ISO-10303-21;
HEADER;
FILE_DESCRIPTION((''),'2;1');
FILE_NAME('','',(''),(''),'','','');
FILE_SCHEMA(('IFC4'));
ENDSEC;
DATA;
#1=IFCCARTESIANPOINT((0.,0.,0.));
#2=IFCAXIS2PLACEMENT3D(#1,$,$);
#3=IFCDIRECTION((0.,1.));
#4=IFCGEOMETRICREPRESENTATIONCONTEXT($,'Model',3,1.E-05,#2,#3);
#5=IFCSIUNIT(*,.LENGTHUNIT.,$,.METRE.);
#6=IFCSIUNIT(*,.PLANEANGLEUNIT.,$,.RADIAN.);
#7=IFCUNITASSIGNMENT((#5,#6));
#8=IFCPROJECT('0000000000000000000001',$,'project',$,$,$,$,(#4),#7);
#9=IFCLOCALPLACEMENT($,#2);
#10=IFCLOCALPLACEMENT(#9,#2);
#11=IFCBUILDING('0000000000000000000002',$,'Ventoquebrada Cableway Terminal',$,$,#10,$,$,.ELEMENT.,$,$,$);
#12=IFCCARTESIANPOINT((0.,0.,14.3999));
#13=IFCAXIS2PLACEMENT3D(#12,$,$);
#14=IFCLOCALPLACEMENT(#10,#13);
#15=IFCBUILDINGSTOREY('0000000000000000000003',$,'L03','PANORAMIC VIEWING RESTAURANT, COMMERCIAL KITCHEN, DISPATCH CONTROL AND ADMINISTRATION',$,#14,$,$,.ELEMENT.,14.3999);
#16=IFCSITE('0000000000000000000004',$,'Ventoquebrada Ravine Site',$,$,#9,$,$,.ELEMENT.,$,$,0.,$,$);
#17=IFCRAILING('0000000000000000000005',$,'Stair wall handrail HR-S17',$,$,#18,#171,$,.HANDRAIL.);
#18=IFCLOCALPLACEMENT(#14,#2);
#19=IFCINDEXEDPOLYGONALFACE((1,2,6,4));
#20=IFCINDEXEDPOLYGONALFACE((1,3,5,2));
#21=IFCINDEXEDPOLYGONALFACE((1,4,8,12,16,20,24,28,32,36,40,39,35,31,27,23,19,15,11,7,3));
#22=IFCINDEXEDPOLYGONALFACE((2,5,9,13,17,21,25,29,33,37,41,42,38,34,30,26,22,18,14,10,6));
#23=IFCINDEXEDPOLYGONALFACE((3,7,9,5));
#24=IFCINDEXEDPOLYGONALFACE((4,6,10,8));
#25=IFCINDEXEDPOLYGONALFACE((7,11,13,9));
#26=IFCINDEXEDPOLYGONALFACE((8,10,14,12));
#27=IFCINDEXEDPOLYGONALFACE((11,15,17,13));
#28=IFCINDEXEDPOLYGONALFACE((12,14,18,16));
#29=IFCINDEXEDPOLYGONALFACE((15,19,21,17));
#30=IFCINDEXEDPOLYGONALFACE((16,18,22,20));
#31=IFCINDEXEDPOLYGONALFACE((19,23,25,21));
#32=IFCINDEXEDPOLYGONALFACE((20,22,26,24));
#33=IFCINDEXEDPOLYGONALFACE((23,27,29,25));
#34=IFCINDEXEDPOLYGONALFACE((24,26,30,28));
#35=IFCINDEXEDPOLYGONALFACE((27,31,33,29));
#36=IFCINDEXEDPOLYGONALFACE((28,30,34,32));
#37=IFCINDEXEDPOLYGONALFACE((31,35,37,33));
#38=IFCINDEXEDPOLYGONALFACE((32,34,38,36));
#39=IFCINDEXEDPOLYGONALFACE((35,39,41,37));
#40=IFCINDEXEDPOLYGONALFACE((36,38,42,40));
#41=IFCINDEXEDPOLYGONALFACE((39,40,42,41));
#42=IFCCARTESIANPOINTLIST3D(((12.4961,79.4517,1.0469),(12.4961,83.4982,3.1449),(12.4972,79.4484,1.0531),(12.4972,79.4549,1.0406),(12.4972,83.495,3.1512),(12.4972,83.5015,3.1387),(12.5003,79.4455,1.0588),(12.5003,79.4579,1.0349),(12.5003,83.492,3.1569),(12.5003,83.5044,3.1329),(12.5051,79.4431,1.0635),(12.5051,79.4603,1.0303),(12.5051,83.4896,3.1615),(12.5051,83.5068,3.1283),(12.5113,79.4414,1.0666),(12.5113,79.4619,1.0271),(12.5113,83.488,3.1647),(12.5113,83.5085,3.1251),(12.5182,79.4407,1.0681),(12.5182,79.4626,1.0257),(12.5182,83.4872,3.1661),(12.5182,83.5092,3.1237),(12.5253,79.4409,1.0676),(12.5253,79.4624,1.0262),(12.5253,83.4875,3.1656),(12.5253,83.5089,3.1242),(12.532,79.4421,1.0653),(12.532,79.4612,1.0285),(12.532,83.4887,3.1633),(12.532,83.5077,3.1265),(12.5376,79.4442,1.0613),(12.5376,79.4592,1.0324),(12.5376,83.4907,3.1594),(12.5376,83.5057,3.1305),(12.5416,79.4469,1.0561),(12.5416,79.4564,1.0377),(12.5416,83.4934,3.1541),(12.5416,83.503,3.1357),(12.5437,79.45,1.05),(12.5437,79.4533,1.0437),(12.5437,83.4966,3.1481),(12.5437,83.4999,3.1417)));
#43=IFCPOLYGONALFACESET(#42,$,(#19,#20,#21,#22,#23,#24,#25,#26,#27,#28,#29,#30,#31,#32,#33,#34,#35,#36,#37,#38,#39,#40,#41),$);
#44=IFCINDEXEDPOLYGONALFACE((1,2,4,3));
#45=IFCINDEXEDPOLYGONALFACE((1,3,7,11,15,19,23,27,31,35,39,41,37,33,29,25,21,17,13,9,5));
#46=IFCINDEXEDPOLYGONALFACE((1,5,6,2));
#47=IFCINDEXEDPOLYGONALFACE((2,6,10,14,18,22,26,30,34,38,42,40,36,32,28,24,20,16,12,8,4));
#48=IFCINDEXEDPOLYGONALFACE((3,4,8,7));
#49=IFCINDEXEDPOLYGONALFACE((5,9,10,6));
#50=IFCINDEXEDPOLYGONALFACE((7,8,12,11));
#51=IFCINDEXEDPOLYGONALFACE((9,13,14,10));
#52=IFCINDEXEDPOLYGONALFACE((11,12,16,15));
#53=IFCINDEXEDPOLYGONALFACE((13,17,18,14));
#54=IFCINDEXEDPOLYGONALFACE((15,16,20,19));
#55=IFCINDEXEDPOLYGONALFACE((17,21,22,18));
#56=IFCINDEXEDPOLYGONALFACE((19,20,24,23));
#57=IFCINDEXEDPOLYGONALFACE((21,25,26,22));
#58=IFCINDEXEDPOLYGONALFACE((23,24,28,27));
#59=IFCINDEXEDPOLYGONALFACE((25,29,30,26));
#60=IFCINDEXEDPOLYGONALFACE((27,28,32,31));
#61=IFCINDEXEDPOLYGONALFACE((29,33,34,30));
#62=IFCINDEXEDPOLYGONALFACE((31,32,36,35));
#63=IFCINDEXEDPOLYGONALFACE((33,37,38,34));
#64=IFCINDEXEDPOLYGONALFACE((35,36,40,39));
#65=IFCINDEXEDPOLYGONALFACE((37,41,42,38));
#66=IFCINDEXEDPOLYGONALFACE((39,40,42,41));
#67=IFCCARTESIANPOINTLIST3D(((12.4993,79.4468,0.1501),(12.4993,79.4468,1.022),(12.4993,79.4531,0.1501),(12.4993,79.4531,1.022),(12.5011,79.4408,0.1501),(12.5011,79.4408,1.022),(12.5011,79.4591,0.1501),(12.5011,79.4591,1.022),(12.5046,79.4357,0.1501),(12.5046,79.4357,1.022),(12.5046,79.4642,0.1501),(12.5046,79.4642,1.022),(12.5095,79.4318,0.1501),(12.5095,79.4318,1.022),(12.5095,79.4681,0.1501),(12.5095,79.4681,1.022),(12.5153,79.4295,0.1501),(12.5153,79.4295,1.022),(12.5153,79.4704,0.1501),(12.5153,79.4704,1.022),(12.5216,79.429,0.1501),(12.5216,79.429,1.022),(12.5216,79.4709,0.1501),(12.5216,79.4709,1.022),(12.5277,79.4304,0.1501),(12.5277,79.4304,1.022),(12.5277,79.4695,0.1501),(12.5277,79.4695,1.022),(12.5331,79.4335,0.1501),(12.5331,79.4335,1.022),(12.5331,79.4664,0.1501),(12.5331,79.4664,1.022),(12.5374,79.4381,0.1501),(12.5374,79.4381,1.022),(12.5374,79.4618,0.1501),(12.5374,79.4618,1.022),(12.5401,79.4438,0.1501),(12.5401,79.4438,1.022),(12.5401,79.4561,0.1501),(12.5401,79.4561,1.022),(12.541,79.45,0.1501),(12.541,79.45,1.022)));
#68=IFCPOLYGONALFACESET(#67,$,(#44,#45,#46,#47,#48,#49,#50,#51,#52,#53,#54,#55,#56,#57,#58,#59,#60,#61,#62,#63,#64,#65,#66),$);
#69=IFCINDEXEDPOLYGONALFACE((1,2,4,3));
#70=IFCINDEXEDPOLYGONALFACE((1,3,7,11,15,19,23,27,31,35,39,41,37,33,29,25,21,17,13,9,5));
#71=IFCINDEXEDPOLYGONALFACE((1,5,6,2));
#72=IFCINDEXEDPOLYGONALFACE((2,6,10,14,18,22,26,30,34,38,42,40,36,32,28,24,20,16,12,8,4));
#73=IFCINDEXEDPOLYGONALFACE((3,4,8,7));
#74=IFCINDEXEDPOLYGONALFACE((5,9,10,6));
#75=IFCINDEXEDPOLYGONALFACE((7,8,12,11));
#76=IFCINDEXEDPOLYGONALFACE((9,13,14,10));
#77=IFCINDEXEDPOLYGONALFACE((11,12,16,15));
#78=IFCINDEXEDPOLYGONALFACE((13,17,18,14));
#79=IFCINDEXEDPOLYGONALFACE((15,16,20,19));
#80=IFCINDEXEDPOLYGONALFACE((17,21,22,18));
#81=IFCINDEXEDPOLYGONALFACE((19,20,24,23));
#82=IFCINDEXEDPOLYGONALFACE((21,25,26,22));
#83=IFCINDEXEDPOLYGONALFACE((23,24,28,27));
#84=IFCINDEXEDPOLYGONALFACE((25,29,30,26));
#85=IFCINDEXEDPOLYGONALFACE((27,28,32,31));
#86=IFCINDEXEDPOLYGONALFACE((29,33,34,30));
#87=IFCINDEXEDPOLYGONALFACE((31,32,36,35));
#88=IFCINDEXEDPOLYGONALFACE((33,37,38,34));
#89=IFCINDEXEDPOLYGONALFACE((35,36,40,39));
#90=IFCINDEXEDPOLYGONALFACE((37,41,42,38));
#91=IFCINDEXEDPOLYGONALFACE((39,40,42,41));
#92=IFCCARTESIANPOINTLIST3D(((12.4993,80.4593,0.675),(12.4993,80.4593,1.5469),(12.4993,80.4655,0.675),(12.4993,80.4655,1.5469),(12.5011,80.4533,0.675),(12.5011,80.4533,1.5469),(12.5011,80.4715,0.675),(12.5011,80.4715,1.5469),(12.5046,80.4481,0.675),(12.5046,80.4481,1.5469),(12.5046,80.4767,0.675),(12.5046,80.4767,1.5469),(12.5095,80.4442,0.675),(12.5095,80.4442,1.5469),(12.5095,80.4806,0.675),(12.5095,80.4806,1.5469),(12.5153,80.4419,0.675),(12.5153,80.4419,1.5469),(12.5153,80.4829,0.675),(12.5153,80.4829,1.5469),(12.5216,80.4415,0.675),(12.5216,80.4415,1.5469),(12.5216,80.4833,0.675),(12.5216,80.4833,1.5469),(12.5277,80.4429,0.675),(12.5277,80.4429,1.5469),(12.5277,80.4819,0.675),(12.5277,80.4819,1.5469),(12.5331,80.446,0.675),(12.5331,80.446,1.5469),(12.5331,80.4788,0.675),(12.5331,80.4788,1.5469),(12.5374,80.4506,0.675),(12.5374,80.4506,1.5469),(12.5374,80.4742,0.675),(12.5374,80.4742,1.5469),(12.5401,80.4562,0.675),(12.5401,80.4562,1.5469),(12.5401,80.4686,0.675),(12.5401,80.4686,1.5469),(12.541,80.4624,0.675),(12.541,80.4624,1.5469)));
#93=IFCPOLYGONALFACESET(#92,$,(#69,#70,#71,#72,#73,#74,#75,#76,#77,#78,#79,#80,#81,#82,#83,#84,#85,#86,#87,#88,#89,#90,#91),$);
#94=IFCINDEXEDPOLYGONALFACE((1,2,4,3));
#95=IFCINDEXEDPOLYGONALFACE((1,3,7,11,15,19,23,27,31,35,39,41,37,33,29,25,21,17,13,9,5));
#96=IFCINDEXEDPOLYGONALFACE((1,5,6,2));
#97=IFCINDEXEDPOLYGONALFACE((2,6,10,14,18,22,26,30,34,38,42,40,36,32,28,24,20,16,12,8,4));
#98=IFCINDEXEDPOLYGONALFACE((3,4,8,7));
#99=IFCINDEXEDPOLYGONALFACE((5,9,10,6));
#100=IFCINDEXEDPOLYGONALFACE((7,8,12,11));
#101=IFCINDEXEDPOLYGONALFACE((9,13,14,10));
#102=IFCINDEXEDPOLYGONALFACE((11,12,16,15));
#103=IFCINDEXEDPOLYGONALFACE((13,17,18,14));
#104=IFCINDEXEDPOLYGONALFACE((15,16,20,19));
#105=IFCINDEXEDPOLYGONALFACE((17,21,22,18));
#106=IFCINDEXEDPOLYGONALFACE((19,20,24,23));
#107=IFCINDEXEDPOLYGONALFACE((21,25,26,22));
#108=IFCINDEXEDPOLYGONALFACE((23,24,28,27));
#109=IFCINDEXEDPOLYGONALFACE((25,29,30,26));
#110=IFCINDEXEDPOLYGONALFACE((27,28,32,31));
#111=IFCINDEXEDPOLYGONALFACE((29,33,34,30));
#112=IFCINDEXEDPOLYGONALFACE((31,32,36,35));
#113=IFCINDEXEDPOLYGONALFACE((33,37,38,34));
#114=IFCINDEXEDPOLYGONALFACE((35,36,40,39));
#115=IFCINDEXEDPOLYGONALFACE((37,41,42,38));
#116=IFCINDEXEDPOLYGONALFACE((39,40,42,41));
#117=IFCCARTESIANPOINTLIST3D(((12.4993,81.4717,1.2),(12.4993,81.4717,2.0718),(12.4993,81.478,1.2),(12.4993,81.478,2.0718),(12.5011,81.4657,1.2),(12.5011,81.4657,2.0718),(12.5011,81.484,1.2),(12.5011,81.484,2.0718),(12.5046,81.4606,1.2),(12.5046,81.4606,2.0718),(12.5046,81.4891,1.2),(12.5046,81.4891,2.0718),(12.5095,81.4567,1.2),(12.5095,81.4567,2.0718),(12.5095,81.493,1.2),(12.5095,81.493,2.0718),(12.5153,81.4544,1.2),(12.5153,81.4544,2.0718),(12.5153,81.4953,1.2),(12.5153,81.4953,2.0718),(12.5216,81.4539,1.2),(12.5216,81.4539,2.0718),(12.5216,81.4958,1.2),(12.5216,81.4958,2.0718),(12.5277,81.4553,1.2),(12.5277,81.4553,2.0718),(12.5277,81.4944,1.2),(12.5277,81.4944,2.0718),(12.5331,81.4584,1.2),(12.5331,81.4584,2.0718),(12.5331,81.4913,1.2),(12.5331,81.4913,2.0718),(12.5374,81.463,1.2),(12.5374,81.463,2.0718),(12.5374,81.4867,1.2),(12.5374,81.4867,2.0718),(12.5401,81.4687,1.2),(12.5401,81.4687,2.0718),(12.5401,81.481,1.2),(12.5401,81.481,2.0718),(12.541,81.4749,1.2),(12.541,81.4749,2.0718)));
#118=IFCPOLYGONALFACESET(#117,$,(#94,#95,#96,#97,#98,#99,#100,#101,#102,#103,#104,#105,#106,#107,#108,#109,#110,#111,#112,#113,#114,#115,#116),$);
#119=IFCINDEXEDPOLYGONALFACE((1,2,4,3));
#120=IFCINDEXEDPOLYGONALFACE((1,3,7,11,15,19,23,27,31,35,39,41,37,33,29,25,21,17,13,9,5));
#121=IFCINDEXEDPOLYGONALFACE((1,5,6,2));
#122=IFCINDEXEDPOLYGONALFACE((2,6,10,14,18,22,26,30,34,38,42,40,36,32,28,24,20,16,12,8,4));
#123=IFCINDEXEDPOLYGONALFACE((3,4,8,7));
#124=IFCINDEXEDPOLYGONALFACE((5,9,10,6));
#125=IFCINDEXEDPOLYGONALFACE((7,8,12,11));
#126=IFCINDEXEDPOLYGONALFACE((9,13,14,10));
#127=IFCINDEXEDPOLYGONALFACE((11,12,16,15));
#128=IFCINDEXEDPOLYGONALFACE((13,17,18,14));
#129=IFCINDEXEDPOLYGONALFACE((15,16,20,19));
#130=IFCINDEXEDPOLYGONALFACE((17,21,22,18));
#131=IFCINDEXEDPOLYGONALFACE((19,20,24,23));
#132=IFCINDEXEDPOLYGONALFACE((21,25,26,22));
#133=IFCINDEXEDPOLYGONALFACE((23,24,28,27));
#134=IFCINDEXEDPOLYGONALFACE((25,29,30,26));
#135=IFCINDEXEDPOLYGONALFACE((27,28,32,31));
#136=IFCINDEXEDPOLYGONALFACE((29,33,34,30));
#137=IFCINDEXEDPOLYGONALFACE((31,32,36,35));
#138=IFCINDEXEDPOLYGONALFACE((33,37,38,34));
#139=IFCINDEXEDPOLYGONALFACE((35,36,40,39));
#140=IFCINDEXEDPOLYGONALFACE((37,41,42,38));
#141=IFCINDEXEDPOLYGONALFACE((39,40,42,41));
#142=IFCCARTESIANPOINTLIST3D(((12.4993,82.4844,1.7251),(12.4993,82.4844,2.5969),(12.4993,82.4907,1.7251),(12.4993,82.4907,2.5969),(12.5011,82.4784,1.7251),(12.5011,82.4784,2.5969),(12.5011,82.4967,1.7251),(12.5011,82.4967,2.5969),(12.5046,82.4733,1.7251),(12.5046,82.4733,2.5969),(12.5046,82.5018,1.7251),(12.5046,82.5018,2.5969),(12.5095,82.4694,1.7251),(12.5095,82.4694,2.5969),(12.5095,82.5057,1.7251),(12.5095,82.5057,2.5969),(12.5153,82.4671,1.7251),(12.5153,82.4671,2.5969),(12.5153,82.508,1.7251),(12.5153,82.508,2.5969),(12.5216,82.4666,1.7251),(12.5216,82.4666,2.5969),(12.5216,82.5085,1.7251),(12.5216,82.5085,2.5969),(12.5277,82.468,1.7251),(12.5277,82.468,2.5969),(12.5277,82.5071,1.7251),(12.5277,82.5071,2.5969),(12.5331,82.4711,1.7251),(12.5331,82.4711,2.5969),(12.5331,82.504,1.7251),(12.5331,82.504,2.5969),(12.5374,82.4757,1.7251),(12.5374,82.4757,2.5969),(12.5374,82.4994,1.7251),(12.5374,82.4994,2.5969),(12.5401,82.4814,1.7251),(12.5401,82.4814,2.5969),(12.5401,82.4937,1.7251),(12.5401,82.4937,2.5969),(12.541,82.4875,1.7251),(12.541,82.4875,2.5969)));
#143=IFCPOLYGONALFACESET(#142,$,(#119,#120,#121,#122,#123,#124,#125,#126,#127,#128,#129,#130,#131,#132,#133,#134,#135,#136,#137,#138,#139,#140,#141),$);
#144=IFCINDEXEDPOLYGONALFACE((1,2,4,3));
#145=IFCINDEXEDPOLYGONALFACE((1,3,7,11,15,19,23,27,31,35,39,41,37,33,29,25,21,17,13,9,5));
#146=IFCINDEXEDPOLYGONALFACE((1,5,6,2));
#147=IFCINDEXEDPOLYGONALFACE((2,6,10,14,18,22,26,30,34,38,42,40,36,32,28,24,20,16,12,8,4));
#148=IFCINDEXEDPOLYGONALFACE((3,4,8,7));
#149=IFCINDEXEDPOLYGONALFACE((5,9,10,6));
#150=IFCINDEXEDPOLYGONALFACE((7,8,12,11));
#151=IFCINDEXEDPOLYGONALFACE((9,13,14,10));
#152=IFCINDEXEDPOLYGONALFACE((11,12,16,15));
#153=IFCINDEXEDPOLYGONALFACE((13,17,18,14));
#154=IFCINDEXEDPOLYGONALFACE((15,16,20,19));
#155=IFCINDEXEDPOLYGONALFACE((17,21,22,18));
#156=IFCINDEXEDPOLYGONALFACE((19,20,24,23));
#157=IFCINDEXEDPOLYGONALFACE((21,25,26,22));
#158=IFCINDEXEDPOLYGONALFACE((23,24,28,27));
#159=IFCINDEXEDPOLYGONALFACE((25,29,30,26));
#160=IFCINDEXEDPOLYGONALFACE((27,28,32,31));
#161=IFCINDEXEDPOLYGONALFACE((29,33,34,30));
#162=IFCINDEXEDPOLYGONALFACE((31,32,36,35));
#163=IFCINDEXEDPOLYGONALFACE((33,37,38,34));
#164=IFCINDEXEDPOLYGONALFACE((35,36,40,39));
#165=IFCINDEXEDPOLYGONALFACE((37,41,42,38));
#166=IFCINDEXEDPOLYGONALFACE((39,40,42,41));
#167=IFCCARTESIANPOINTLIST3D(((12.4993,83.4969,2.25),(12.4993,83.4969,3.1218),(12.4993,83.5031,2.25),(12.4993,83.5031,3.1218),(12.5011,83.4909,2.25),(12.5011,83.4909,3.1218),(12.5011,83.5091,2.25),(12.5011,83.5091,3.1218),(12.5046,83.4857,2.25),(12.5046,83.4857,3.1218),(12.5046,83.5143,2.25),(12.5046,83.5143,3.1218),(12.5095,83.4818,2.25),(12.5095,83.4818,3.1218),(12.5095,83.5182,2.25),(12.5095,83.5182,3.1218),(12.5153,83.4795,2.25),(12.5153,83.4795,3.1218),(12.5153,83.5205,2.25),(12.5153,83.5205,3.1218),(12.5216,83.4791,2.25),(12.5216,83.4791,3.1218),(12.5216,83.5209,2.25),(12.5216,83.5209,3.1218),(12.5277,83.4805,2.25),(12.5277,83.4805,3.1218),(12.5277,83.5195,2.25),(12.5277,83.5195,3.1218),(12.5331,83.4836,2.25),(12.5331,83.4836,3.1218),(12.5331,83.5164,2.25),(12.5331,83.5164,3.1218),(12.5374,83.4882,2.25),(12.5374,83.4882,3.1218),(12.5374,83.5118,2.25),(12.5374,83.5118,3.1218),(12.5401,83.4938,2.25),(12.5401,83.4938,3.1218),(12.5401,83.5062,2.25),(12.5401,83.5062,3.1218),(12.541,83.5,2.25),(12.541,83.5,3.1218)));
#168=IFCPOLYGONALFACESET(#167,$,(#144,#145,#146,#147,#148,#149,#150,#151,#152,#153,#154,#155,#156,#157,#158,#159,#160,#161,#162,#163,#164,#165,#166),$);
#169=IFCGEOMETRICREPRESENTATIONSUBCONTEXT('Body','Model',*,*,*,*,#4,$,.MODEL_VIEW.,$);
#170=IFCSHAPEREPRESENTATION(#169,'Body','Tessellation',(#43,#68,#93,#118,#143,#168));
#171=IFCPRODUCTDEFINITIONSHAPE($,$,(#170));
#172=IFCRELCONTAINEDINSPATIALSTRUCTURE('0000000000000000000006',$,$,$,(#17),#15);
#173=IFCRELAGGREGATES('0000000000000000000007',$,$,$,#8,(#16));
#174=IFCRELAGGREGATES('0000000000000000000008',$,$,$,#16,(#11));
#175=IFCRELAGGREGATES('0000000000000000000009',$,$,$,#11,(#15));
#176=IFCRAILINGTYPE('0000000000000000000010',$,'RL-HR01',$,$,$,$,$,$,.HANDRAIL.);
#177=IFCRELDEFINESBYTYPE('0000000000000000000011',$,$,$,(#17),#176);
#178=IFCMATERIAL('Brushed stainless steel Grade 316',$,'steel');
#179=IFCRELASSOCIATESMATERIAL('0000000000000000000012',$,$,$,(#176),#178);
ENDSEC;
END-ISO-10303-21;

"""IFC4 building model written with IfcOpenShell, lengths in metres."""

from ifc_helpers import new_model, si_unit, direction, frame, origin, origin_2d, place, context, subcontext, project, spatial, circle, extrude, material, type_object, element, save


model = new_model("IFC4")

# Units and contexts
model_context = context("Model", 3, precision=1e-05, world=origin(), true_north=direction((0.0, 1.0)))
body_context = subcontext(model_context, "Body", "Model", "MODEL_VIEW")
ifc_project = project(units=[si_unit("LENGTHUNIT", "METRE"), si_unit("PLANEANGLEUNIT", "RADIAN")], contexts=[model_context])

# Site, building, storey
site_placement = place(None, origin())
site = spatial("IfcSite", under=ifc_project, at=site_placement, Name="Ventoquebrada Ravine Site", CompositionType="ELEMENT", RefElevation=0.0)
building_placement = place(site_placement, origin())
building = spatial("IfcBuilding", under=site, at=building_placement, Name="Ventoquebrada Cableway Terminal", CompositionType="ELEMENT")
storey_placement = place(building_placement, frame((0.0, 0.0, 14.3999)))
storey = spatial("IfcBuildingStorey", under=building, at=storey_placement, Name="L03", Description="PANORAMIC VIEWING RESTAURANT, COMMERCIAL KITCHEN, DISPATCH CONTROL AND ADMINISTRATION", CompositionType="ELEMENT", Elevation=14.3999)

# Shared definitions
ifc_material_1 = material(Name="Brushed stainless steel Grade 316", Category="steel")

# Railing
railing_type_1 = type_object("IfcRailingType", Name="RL-HR01", PredefinedType="HANDRAIL", material=ifc_material_1)
railing_1_placement = place(storey_placement, frame((12.52, 79.45, 0.1501)))
element("IfcRailing", 1, at=railing_1_placement, inside=storey, type_object=railing_type_1, Name="Stair wall handrail HR-S17", PredefinedType="HANDRAIL", context=body_context, shape_type="SweptSolid", body=[
    extrude(circle(Radius=0.0239, at=origin_2d()), frame((0.0, 0.0017, 0.8967), z_axis=(0.0, 0.88777, 0.460287), x_axis=(-1.0, 0.0, 0.0)), (0.0, 0.0, 1.0), 4.5581),
    extrude(circle(Radius=0.021, at=origin_2d()), origin(), (0.0, 0.0, 1.0), 0.8718),
    extrude(circle(Radius=0.021, at=origin_2d()), frame((0.0, 1.0125, 0.5249)), (0.0, 0.0, 1.0), 0.8718),
    extrude(circle(Radius=0.021, at=origin_2d()), frame((0.0, 2.0249, 1.0498)), (0.0, 0.0, 1.0), 0.8718),
    extrude(circle(Radius=0.021, at=origin_2d()), frame((0.0, 3.0376, 1.575)), (0.0, 0.0, 1.0), 0.8718),
    extrude(circle(Radius=0.021, at=origin_2d()), frame((0.0, 4.05, 2.0999)), (0.0, 0.0, 1.0), 0.8718),
])

save(model, "model.ifc")
